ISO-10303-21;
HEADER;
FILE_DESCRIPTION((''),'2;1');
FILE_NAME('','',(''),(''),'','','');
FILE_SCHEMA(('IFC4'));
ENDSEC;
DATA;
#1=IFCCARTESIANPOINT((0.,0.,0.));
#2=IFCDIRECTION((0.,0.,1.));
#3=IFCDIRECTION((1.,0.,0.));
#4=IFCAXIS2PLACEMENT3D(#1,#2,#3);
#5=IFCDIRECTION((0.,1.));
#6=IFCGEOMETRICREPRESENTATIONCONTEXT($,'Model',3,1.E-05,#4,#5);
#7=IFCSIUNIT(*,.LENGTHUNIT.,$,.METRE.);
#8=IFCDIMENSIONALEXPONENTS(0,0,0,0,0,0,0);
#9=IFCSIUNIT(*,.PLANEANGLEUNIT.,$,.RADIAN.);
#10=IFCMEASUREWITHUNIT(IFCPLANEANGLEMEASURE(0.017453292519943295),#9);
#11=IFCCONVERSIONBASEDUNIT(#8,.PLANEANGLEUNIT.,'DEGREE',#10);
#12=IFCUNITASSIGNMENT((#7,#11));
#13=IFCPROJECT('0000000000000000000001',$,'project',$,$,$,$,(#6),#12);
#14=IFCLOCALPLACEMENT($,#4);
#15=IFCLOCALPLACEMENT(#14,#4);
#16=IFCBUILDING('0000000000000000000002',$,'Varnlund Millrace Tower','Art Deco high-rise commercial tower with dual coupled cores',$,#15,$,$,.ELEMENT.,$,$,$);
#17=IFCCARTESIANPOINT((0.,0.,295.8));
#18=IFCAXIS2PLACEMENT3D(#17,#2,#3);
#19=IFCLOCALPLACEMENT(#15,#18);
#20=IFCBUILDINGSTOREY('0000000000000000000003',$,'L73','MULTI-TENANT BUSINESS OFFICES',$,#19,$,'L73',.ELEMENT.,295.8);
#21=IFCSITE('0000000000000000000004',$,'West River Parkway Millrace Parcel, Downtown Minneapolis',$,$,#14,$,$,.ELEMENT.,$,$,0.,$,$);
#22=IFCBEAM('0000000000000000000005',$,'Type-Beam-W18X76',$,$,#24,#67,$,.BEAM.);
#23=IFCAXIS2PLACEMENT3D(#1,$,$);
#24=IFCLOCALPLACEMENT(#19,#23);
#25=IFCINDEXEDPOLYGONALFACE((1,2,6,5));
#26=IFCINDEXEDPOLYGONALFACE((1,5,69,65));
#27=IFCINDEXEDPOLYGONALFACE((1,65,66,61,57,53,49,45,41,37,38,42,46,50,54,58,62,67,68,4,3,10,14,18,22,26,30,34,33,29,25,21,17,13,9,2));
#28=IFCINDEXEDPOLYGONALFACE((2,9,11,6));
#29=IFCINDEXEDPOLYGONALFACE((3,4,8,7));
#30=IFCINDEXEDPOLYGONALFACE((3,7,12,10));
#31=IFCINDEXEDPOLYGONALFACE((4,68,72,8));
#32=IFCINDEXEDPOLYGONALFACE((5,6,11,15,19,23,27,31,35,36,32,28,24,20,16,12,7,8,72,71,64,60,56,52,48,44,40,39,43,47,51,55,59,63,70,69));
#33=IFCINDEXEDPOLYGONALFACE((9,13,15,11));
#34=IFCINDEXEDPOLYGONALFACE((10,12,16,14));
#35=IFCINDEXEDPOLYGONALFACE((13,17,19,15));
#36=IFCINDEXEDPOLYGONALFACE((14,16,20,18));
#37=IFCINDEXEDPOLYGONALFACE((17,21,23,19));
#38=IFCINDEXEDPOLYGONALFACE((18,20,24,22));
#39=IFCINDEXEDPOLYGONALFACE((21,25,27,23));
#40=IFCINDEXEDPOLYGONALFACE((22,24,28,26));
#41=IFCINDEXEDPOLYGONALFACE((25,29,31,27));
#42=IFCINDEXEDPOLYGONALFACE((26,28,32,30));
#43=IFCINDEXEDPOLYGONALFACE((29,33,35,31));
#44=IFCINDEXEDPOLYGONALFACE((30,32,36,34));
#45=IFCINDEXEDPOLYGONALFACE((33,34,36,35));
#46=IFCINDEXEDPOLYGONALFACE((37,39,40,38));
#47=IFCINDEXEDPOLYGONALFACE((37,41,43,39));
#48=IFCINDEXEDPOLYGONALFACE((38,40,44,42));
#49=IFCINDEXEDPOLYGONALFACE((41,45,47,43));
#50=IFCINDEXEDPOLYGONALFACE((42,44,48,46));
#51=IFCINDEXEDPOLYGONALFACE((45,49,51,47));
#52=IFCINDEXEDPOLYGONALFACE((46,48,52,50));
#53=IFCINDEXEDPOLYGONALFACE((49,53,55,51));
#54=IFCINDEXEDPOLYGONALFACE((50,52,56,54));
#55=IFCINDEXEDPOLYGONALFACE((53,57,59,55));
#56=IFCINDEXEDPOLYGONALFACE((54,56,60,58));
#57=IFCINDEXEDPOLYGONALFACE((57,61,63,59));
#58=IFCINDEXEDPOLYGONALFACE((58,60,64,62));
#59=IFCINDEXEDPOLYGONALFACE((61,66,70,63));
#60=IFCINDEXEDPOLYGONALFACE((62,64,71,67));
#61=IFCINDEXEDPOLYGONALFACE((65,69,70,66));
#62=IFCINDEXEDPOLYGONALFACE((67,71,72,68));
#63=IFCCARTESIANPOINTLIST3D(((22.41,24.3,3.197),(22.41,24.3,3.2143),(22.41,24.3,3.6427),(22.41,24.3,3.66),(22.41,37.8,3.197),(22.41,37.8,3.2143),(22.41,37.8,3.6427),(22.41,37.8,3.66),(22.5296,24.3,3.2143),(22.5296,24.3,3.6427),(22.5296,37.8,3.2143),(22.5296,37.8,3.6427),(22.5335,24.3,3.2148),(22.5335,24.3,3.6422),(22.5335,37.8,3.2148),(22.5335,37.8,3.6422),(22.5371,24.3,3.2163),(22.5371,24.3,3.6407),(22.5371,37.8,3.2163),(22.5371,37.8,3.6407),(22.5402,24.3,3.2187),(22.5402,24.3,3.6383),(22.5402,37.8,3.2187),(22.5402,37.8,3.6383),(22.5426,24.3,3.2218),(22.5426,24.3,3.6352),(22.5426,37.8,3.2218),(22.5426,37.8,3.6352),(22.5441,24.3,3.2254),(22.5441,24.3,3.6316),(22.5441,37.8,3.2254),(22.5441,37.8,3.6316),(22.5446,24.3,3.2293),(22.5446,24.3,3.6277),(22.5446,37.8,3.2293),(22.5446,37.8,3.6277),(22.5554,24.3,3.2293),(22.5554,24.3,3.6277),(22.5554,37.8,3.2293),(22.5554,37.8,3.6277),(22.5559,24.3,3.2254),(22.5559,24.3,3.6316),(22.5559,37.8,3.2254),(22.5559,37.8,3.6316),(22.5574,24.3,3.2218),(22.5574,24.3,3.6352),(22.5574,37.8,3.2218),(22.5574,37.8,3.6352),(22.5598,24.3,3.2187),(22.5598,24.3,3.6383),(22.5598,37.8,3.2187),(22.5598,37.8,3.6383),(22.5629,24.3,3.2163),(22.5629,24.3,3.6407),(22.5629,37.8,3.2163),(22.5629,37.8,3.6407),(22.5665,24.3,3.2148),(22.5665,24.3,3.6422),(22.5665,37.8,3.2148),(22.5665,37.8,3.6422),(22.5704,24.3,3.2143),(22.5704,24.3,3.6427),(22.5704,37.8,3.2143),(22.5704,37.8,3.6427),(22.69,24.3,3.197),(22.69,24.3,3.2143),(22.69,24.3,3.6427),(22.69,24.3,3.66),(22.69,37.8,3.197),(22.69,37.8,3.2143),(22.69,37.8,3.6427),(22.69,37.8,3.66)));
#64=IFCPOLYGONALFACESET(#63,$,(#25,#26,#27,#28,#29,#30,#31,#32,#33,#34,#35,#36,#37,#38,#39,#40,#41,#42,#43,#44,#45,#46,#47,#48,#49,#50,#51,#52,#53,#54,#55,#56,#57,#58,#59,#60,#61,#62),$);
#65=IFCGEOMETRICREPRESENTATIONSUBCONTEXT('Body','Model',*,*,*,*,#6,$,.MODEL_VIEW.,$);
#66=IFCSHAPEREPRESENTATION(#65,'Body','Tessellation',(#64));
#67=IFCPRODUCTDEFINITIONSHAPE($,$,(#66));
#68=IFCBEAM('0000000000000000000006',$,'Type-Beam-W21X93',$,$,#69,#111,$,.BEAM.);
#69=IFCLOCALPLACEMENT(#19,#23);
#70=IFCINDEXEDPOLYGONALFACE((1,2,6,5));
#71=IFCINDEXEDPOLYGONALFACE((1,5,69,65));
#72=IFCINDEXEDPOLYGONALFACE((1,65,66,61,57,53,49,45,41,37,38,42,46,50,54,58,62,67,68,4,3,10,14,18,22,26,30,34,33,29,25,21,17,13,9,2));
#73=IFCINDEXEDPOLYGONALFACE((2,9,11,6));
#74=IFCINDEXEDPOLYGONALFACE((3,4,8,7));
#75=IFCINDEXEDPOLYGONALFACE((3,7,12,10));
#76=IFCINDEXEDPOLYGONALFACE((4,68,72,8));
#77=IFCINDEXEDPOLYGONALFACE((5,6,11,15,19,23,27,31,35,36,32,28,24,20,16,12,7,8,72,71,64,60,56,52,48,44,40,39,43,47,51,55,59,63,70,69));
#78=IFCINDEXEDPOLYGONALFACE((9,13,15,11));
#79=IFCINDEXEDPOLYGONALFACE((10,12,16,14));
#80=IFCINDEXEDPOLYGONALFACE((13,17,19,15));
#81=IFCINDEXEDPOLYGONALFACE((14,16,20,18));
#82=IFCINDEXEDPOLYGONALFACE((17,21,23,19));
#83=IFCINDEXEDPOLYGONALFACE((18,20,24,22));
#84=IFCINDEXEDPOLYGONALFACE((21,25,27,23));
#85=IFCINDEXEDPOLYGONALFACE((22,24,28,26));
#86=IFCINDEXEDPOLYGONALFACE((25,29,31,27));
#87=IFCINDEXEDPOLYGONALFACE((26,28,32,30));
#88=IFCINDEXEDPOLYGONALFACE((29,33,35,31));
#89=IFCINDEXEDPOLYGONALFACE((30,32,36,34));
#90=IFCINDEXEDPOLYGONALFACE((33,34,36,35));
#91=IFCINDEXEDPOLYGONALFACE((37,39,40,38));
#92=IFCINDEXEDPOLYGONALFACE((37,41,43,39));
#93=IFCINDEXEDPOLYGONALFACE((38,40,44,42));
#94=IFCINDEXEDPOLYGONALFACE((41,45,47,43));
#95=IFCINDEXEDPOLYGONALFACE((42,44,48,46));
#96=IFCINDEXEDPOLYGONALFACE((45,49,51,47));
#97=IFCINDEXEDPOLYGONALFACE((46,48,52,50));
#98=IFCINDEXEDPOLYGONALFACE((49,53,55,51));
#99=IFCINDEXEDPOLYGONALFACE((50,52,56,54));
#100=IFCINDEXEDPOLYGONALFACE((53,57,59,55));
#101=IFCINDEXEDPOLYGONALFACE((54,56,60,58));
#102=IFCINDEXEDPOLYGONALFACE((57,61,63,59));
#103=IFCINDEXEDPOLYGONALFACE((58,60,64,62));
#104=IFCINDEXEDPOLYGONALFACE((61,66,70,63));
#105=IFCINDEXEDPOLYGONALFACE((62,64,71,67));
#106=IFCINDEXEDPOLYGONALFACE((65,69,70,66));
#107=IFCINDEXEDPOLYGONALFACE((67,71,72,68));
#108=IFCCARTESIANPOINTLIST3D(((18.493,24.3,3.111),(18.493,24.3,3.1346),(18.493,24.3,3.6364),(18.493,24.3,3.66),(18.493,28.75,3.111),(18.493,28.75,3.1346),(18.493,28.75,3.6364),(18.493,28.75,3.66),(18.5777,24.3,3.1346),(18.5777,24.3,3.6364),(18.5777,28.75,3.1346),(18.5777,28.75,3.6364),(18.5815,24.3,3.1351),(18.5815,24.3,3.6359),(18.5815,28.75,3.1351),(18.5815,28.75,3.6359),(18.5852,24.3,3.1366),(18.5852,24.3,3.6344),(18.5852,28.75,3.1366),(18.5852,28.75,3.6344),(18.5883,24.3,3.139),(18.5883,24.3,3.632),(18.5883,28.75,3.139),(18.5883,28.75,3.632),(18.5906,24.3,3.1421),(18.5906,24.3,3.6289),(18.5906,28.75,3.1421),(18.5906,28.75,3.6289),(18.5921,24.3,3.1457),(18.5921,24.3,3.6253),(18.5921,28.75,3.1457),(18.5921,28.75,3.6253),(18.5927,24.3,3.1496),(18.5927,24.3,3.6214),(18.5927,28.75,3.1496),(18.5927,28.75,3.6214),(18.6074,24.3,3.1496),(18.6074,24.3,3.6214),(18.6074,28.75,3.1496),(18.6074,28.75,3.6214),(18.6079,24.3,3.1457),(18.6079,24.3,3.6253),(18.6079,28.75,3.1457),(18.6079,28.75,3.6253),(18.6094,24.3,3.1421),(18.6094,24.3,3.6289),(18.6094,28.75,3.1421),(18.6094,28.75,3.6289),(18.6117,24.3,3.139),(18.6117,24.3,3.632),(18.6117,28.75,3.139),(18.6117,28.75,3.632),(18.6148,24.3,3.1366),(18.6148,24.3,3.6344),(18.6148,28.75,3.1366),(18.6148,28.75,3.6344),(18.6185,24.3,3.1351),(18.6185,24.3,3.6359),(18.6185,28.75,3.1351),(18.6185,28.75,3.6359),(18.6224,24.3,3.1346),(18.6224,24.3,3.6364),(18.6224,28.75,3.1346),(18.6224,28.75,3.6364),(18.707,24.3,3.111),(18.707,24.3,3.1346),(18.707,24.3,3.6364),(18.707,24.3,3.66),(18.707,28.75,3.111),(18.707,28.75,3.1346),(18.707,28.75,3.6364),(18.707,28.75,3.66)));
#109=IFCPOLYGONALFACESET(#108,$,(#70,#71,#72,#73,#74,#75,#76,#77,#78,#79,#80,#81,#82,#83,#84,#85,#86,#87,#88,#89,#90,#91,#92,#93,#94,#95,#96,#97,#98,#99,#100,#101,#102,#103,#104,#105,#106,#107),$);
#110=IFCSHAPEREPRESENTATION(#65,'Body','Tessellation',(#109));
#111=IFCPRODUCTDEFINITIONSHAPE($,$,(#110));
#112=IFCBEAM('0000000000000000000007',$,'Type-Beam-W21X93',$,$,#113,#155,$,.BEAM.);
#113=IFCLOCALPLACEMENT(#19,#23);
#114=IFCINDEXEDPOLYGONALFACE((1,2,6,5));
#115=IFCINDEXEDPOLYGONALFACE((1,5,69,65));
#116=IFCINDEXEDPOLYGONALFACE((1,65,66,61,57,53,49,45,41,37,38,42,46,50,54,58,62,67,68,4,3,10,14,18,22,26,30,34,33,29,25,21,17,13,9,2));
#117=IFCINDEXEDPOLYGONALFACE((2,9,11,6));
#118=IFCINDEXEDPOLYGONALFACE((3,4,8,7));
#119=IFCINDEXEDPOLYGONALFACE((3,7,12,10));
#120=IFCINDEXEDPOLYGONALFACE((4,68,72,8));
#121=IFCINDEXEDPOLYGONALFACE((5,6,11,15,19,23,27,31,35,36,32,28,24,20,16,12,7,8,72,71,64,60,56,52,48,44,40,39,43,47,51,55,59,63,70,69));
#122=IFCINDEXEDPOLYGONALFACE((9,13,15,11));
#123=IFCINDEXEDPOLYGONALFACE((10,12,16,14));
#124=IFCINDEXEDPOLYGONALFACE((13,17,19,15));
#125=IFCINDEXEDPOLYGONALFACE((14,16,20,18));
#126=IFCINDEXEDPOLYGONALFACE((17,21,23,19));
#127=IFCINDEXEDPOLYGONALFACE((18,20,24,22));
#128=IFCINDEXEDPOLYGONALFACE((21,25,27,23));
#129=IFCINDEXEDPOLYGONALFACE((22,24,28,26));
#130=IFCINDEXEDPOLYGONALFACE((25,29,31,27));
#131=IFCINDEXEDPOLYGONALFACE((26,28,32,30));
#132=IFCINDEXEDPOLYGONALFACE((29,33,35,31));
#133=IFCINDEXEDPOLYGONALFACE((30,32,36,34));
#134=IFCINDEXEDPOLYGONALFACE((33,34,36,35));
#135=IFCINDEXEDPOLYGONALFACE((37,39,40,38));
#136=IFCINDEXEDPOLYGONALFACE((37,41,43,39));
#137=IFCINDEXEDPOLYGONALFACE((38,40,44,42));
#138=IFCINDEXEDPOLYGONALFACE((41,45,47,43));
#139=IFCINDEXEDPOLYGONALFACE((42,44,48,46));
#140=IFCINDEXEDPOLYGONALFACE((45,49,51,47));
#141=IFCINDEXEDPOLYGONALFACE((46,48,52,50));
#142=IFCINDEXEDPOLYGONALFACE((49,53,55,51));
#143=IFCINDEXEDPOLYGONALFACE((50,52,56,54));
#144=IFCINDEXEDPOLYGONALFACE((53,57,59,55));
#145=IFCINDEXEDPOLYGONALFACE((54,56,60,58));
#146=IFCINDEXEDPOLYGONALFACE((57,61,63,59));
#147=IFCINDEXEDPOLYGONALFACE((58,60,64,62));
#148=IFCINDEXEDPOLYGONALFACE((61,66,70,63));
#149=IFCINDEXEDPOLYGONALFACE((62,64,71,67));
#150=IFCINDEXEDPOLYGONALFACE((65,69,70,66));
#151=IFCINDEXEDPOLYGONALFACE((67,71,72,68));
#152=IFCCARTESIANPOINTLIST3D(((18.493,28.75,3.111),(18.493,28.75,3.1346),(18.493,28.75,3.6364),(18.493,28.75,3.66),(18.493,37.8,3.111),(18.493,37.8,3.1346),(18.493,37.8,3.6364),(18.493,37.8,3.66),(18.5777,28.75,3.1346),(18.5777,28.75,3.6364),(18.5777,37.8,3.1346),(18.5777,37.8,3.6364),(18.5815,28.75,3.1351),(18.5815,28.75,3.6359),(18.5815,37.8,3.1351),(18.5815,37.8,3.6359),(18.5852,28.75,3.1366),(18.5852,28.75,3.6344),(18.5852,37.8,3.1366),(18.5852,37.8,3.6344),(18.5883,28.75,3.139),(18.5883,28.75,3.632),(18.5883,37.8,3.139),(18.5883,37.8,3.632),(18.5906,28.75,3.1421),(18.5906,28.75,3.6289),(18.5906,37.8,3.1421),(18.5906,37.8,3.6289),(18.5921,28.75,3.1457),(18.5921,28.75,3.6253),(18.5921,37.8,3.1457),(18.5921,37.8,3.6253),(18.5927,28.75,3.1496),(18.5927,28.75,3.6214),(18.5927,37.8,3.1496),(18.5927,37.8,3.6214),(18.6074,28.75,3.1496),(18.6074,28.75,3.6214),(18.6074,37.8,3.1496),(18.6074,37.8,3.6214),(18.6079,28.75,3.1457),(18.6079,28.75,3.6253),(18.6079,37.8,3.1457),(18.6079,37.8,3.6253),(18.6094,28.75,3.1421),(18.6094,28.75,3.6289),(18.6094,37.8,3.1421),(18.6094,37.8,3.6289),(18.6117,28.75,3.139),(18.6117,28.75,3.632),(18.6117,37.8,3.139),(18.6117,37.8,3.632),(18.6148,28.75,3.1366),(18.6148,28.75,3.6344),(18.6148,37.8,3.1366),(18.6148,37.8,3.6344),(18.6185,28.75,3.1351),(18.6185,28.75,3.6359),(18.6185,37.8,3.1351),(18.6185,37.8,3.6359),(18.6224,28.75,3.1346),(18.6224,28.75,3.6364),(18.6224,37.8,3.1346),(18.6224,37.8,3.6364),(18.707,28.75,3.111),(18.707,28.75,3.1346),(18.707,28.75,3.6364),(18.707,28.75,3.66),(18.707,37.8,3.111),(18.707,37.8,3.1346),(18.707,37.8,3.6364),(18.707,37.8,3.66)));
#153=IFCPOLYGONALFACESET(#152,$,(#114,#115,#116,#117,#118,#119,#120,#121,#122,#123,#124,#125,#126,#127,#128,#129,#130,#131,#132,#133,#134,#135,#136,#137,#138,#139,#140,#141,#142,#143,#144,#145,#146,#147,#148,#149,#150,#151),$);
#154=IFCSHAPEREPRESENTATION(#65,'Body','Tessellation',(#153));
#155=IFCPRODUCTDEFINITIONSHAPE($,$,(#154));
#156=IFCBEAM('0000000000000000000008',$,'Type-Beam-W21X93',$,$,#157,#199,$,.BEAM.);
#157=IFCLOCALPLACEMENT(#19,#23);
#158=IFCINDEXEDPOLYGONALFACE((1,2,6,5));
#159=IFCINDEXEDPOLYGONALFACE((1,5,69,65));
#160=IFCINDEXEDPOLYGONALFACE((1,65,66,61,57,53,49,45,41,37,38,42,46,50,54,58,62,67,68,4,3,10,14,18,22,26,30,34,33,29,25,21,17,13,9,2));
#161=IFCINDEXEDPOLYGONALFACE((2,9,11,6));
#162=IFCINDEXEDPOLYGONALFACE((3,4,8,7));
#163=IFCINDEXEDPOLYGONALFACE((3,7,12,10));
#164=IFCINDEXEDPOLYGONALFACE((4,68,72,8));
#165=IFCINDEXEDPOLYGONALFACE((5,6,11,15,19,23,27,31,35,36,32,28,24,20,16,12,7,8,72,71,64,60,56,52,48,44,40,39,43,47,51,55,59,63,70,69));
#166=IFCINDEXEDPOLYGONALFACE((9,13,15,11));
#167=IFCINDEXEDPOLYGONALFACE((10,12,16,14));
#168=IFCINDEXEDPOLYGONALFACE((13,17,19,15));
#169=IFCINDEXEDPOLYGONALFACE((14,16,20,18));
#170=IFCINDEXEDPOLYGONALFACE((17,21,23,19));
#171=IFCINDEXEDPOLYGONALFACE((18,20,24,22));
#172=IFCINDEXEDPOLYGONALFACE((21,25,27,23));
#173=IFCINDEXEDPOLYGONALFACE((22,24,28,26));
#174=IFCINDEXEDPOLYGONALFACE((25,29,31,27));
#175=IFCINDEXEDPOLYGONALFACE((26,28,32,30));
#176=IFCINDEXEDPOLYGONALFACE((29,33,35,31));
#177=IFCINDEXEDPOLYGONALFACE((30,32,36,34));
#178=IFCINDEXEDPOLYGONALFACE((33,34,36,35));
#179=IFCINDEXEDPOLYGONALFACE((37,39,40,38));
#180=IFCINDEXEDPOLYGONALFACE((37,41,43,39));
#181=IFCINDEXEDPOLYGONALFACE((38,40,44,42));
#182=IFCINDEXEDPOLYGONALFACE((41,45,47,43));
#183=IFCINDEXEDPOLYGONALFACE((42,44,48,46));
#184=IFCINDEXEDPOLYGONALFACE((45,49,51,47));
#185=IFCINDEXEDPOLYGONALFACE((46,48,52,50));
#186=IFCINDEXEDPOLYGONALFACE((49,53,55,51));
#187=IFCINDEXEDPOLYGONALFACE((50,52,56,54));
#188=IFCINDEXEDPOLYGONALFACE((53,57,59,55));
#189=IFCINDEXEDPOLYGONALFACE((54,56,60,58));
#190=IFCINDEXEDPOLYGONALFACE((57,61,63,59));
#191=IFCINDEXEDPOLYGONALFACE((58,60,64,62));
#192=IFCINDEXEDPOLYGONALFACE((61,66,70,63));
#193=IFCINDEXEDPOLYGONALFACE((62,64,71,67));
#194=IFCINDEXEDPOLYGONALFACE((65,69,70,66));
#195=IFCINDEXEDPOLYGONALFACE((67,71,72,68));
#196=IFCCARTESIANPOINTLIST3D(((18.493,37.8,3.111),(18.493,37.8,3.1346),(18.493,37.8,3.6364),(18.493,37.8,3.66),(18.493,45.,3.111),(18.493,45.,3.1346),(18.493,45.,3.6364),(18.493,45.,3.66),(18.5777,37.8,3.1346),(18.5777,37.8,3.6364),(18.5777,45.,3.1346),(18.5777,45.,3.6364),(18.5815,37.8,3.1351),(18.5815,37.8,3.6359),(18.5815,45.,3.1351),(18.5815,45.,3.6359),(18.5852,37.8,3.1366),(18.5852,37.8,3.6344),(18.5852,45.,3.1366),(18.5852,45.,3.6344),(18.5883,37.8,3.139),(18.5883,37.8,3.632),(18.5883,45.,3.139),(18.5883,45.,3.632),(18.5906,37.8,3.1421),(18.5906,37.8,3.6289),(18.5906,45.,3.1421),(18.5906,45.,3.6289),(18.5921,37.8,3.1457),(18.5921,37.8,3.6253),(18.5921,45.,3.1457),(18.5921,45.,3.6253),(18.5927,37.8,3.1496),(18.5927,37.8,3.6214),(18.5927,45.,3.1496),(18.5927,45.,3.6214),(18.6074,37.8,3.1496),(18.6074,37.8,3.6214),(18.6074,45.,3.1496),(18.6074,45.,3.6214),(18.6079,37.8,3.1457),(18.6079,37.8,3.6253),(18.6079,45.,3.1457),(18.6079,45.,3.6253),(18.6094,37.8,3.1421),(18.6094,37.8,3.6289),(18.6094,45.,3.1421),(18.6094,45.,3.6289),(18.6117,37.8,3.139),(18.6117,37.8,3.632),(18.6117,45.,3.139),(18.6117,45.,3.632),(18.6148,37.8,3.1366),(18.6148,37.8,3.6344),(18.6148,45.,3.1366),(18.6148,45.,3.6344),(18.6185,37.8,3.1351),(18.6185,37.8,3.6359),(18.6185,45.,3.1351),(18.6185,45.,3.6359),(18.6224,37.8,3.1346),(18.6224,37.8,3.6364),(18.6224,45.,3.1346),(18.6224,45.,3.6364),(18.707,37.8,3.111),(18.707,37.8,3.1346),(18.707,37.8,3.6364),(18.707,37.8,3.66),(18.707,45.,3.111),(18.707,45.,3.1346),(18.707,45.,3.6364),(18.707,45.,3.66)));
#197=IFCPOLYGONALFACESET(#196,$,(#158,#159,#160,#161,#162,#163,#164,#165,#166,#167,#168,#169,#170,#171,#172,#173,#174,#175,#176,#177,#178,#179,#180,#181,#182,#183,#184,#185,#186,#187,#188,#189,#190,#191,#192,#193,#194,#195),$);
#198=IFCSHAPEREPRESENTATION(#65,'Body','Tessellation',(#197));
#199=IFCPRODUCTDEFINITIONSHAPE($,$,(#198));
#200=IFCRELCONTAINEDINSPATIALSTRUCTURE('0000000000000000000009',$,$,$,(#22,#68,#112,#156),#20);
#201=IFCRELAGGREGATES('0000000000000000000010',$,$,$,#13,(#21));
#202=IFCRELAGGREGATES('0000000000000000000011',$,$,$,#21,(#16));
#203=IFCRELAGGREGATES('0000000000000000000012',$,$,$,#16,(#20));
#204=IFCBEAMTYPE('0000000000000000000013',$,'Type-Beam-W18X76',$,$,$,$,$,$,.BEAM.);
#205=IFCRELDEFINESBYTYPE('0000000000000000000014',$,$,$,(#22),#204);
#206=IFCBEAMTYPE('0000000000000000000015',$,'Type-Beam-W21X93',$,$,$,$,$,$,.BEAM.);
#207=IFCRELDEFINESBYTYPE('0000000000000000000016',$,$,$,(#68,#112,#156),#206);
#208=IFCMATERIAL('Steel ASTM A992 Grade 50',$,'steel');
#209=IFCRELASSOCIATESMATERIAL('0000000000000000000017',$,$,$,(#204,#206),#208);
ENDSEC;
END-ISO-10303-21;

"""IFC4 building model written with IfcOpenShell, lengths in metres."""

from ifc_helpers import new_model, entity, si_unit, converted_unit, direction, frame, origin_with_axes, origin_2d_with_axis, place, context, subcontext, project, spatial, i_section, extrude, material, material_profile, profile_set, type_object, element, save


model = new_model("IFC4")

# Units and contexts
model_context = context("Model", 3, precision=1e-05, world=origin_with_axes(), true_north=direction((0.0, 1.0)))
body_context = subcontext(model_context, "Body", "Model", "MODEL_VIEW")
ifc_project = project(units=[si_unit("LENGTHUNIT", "METRE"), converted_unit("PLANEANGLEUNIT", "DEGREE", entity("IfcPlaneAngleMeasure", 0.017453292519943295), si_unit("PLANEANGLEUNIT", "RADIAN"), dimensions=[0, 0, 0, 0, 0, 0, 0])], contexts=[model_context])

# Site, building, storey
site_placement = place(None, origin_with_axes())
site = spatial("IfcSite", under=ifc_project, at=site_placement, Name="West River Parkway Millrace Parcel, Downtown Minneapolis", CompositionType="ELEMENT", RefElevation=0.0)
building_placement = place(site_placement, origin_with_axes())
building = spatial("IfcBuilding", under=site, at=building_placement, Name="Varnlund Millrace Tower", Description="Art Deco high-rise commercial tower with dual coupled cores", CompositionType="ELEMENT")
storey_placement = place(building_placement, frame((0.0, 0.0, 295.8), z_axis=(0.0, 0.0, 1.0), x_axis=(1.0, 0.0, 0.0)))
storey = spatial("IfcBuildingStorey", under=building, at=storey_placement, Name="L73", Description="MULTI-TENANT BUSINESS OFFICES", LongName="L73", CompositionType="ELEMENT", Elevation=295.8)

# Beams
ifc_material_1 = material(Name="Steel ASTM A992 Grade 50", Category="steel")
ifc_material_profile_1 = material_profile(ifc_material_1, i_section(OverallWidth=0.28, OverallDepth=0.463, WebThickness=0.0108, FlangeThickness=0.0173, FilletRadius=0.015, at=origin_2d_with_axis()), Name="Steel ASTM A992 Grade 50")
ifc_profile_set_1 = profile_set([ifc_material_profile_1], Name="Steel ASTM A992 Grade 50")
beam_type_1 = type_object("IfcBeamType", Name="Type-Beam-W18X76", PredefinedType="BEAM", material=ifc_profile_set_1)
beam_1_placement = place(storey_placement, frame((22.55, 24.3, 3.4285), z_axis=(0.0, 1.0, 0.0), x_axis=(-1.0, 0.0, 0.0)))
element("IfcBeam", 1, at=beam_1_placement, inside=storey, type_object=beam_type_1, Name="Type-Beam-W18X76", PredefinedType="BEAM", context=body_context, shape_type="SweptSolid", body=[
    extrude(i_section(OverallWidth=0.28, OverallDepth=0.463, WebThickness=0.0108, FlangeThickness=0.0173, FilletRadius=0.015, at=origin_2d_with_axis()), origin_with_axes(), (0.0, 0.0, 1.0), 13.5),
])
ifc_material_profile_2 = material_profile(ifc_material_1, i_section(OverallWidth=0.214, OverallDepth=0.549, WebThickness=0.0147, FlangeThickness=0.0236, FilletRadius=0.015, at=origin_2d_with_axis()), Name="Steel ASTM A992 Grade 50")
ifc_profile_set_2 = profile_set([ifc_material_profile_2], Name="Steel ASTM A992 Grade 50")
beam_type_2 = type_object("IfcBeamType", Name="Type-Beam-W21X93", PredefinedType="BEAM", material=ifc_profile_set_2)
beam_2_placement = place(storey_placement, frame((18.6, 24.3, 3.3855), z_axis=(0.0, 1.0, 0.0), x_axis=(-1.0, 0.0, 0.0)))
element("IfcBeam", 2, at=beam_2_placement, inside=storey, type_object=beam_type_2, Name="Type-Beam-W21X93", PredefinedType="BEAM", context=body_context, shape_type="SweptSolid", body=[
    extrude(i_section(OverallWidth=0.214, OverallDepth=0.549, WebThickness=0.0147, FlangeThickness=0.0236, FilletRadius=0.015, at=origin_2d_with_axis()), origin_with_axes(), (0.0, 0.0, 1.0), 4.45),
])
beam_3_placement = place(storey_placement, frame((18.6, 28.75, 3.3855), z_axis=(0.0, 1.0, 0.0), x_axis=(-1.0, 0.0, 0.0)))
element("IfcBeam", 3, at=beam_3_placement, inside=storey, type_object=beam_type_2, Name="Type-Beam-W21X93", PredefinedType="BEAM", context=body_context, shape_type="SweptSolid", body=[
    extrude(i_section(OverallWidth=0.214, OverallDepth=0.549, WebThickness=0.0147, FlangeThickness=0.0236, FilletRadius=0.015, at=origin_2d_with_axis()), origin_with_axes(), (0.0, 0.0, 1.0), 9.05),
])
beam_4_placement = place(storey_placement, frame((18.6, 37.8, 3.3855), z_axis=(0.0, 1.0, 0.0), x_axis=(-1.0, 0.0, 0.0)))
element("IfcBeam", 4, at=beam_4_placement, inside=storey, type_object=beam_type_2, Name="Type-Beam-W21X93", PredefinedType="BEAM", context=body_context, shape_type="SweptSolid", body=[
    extrude(i_section(OverallWidth=0.214, OverallDepth=0.549, WebThickness=0.0147, FlangeThickness=0.0236, FilletRadius=0.015, at=origin_2d_with_axis()), origin_with_axes(), (0.0, 0.0, 1.0), 7.2),
])

save(model, "model.ifc")
